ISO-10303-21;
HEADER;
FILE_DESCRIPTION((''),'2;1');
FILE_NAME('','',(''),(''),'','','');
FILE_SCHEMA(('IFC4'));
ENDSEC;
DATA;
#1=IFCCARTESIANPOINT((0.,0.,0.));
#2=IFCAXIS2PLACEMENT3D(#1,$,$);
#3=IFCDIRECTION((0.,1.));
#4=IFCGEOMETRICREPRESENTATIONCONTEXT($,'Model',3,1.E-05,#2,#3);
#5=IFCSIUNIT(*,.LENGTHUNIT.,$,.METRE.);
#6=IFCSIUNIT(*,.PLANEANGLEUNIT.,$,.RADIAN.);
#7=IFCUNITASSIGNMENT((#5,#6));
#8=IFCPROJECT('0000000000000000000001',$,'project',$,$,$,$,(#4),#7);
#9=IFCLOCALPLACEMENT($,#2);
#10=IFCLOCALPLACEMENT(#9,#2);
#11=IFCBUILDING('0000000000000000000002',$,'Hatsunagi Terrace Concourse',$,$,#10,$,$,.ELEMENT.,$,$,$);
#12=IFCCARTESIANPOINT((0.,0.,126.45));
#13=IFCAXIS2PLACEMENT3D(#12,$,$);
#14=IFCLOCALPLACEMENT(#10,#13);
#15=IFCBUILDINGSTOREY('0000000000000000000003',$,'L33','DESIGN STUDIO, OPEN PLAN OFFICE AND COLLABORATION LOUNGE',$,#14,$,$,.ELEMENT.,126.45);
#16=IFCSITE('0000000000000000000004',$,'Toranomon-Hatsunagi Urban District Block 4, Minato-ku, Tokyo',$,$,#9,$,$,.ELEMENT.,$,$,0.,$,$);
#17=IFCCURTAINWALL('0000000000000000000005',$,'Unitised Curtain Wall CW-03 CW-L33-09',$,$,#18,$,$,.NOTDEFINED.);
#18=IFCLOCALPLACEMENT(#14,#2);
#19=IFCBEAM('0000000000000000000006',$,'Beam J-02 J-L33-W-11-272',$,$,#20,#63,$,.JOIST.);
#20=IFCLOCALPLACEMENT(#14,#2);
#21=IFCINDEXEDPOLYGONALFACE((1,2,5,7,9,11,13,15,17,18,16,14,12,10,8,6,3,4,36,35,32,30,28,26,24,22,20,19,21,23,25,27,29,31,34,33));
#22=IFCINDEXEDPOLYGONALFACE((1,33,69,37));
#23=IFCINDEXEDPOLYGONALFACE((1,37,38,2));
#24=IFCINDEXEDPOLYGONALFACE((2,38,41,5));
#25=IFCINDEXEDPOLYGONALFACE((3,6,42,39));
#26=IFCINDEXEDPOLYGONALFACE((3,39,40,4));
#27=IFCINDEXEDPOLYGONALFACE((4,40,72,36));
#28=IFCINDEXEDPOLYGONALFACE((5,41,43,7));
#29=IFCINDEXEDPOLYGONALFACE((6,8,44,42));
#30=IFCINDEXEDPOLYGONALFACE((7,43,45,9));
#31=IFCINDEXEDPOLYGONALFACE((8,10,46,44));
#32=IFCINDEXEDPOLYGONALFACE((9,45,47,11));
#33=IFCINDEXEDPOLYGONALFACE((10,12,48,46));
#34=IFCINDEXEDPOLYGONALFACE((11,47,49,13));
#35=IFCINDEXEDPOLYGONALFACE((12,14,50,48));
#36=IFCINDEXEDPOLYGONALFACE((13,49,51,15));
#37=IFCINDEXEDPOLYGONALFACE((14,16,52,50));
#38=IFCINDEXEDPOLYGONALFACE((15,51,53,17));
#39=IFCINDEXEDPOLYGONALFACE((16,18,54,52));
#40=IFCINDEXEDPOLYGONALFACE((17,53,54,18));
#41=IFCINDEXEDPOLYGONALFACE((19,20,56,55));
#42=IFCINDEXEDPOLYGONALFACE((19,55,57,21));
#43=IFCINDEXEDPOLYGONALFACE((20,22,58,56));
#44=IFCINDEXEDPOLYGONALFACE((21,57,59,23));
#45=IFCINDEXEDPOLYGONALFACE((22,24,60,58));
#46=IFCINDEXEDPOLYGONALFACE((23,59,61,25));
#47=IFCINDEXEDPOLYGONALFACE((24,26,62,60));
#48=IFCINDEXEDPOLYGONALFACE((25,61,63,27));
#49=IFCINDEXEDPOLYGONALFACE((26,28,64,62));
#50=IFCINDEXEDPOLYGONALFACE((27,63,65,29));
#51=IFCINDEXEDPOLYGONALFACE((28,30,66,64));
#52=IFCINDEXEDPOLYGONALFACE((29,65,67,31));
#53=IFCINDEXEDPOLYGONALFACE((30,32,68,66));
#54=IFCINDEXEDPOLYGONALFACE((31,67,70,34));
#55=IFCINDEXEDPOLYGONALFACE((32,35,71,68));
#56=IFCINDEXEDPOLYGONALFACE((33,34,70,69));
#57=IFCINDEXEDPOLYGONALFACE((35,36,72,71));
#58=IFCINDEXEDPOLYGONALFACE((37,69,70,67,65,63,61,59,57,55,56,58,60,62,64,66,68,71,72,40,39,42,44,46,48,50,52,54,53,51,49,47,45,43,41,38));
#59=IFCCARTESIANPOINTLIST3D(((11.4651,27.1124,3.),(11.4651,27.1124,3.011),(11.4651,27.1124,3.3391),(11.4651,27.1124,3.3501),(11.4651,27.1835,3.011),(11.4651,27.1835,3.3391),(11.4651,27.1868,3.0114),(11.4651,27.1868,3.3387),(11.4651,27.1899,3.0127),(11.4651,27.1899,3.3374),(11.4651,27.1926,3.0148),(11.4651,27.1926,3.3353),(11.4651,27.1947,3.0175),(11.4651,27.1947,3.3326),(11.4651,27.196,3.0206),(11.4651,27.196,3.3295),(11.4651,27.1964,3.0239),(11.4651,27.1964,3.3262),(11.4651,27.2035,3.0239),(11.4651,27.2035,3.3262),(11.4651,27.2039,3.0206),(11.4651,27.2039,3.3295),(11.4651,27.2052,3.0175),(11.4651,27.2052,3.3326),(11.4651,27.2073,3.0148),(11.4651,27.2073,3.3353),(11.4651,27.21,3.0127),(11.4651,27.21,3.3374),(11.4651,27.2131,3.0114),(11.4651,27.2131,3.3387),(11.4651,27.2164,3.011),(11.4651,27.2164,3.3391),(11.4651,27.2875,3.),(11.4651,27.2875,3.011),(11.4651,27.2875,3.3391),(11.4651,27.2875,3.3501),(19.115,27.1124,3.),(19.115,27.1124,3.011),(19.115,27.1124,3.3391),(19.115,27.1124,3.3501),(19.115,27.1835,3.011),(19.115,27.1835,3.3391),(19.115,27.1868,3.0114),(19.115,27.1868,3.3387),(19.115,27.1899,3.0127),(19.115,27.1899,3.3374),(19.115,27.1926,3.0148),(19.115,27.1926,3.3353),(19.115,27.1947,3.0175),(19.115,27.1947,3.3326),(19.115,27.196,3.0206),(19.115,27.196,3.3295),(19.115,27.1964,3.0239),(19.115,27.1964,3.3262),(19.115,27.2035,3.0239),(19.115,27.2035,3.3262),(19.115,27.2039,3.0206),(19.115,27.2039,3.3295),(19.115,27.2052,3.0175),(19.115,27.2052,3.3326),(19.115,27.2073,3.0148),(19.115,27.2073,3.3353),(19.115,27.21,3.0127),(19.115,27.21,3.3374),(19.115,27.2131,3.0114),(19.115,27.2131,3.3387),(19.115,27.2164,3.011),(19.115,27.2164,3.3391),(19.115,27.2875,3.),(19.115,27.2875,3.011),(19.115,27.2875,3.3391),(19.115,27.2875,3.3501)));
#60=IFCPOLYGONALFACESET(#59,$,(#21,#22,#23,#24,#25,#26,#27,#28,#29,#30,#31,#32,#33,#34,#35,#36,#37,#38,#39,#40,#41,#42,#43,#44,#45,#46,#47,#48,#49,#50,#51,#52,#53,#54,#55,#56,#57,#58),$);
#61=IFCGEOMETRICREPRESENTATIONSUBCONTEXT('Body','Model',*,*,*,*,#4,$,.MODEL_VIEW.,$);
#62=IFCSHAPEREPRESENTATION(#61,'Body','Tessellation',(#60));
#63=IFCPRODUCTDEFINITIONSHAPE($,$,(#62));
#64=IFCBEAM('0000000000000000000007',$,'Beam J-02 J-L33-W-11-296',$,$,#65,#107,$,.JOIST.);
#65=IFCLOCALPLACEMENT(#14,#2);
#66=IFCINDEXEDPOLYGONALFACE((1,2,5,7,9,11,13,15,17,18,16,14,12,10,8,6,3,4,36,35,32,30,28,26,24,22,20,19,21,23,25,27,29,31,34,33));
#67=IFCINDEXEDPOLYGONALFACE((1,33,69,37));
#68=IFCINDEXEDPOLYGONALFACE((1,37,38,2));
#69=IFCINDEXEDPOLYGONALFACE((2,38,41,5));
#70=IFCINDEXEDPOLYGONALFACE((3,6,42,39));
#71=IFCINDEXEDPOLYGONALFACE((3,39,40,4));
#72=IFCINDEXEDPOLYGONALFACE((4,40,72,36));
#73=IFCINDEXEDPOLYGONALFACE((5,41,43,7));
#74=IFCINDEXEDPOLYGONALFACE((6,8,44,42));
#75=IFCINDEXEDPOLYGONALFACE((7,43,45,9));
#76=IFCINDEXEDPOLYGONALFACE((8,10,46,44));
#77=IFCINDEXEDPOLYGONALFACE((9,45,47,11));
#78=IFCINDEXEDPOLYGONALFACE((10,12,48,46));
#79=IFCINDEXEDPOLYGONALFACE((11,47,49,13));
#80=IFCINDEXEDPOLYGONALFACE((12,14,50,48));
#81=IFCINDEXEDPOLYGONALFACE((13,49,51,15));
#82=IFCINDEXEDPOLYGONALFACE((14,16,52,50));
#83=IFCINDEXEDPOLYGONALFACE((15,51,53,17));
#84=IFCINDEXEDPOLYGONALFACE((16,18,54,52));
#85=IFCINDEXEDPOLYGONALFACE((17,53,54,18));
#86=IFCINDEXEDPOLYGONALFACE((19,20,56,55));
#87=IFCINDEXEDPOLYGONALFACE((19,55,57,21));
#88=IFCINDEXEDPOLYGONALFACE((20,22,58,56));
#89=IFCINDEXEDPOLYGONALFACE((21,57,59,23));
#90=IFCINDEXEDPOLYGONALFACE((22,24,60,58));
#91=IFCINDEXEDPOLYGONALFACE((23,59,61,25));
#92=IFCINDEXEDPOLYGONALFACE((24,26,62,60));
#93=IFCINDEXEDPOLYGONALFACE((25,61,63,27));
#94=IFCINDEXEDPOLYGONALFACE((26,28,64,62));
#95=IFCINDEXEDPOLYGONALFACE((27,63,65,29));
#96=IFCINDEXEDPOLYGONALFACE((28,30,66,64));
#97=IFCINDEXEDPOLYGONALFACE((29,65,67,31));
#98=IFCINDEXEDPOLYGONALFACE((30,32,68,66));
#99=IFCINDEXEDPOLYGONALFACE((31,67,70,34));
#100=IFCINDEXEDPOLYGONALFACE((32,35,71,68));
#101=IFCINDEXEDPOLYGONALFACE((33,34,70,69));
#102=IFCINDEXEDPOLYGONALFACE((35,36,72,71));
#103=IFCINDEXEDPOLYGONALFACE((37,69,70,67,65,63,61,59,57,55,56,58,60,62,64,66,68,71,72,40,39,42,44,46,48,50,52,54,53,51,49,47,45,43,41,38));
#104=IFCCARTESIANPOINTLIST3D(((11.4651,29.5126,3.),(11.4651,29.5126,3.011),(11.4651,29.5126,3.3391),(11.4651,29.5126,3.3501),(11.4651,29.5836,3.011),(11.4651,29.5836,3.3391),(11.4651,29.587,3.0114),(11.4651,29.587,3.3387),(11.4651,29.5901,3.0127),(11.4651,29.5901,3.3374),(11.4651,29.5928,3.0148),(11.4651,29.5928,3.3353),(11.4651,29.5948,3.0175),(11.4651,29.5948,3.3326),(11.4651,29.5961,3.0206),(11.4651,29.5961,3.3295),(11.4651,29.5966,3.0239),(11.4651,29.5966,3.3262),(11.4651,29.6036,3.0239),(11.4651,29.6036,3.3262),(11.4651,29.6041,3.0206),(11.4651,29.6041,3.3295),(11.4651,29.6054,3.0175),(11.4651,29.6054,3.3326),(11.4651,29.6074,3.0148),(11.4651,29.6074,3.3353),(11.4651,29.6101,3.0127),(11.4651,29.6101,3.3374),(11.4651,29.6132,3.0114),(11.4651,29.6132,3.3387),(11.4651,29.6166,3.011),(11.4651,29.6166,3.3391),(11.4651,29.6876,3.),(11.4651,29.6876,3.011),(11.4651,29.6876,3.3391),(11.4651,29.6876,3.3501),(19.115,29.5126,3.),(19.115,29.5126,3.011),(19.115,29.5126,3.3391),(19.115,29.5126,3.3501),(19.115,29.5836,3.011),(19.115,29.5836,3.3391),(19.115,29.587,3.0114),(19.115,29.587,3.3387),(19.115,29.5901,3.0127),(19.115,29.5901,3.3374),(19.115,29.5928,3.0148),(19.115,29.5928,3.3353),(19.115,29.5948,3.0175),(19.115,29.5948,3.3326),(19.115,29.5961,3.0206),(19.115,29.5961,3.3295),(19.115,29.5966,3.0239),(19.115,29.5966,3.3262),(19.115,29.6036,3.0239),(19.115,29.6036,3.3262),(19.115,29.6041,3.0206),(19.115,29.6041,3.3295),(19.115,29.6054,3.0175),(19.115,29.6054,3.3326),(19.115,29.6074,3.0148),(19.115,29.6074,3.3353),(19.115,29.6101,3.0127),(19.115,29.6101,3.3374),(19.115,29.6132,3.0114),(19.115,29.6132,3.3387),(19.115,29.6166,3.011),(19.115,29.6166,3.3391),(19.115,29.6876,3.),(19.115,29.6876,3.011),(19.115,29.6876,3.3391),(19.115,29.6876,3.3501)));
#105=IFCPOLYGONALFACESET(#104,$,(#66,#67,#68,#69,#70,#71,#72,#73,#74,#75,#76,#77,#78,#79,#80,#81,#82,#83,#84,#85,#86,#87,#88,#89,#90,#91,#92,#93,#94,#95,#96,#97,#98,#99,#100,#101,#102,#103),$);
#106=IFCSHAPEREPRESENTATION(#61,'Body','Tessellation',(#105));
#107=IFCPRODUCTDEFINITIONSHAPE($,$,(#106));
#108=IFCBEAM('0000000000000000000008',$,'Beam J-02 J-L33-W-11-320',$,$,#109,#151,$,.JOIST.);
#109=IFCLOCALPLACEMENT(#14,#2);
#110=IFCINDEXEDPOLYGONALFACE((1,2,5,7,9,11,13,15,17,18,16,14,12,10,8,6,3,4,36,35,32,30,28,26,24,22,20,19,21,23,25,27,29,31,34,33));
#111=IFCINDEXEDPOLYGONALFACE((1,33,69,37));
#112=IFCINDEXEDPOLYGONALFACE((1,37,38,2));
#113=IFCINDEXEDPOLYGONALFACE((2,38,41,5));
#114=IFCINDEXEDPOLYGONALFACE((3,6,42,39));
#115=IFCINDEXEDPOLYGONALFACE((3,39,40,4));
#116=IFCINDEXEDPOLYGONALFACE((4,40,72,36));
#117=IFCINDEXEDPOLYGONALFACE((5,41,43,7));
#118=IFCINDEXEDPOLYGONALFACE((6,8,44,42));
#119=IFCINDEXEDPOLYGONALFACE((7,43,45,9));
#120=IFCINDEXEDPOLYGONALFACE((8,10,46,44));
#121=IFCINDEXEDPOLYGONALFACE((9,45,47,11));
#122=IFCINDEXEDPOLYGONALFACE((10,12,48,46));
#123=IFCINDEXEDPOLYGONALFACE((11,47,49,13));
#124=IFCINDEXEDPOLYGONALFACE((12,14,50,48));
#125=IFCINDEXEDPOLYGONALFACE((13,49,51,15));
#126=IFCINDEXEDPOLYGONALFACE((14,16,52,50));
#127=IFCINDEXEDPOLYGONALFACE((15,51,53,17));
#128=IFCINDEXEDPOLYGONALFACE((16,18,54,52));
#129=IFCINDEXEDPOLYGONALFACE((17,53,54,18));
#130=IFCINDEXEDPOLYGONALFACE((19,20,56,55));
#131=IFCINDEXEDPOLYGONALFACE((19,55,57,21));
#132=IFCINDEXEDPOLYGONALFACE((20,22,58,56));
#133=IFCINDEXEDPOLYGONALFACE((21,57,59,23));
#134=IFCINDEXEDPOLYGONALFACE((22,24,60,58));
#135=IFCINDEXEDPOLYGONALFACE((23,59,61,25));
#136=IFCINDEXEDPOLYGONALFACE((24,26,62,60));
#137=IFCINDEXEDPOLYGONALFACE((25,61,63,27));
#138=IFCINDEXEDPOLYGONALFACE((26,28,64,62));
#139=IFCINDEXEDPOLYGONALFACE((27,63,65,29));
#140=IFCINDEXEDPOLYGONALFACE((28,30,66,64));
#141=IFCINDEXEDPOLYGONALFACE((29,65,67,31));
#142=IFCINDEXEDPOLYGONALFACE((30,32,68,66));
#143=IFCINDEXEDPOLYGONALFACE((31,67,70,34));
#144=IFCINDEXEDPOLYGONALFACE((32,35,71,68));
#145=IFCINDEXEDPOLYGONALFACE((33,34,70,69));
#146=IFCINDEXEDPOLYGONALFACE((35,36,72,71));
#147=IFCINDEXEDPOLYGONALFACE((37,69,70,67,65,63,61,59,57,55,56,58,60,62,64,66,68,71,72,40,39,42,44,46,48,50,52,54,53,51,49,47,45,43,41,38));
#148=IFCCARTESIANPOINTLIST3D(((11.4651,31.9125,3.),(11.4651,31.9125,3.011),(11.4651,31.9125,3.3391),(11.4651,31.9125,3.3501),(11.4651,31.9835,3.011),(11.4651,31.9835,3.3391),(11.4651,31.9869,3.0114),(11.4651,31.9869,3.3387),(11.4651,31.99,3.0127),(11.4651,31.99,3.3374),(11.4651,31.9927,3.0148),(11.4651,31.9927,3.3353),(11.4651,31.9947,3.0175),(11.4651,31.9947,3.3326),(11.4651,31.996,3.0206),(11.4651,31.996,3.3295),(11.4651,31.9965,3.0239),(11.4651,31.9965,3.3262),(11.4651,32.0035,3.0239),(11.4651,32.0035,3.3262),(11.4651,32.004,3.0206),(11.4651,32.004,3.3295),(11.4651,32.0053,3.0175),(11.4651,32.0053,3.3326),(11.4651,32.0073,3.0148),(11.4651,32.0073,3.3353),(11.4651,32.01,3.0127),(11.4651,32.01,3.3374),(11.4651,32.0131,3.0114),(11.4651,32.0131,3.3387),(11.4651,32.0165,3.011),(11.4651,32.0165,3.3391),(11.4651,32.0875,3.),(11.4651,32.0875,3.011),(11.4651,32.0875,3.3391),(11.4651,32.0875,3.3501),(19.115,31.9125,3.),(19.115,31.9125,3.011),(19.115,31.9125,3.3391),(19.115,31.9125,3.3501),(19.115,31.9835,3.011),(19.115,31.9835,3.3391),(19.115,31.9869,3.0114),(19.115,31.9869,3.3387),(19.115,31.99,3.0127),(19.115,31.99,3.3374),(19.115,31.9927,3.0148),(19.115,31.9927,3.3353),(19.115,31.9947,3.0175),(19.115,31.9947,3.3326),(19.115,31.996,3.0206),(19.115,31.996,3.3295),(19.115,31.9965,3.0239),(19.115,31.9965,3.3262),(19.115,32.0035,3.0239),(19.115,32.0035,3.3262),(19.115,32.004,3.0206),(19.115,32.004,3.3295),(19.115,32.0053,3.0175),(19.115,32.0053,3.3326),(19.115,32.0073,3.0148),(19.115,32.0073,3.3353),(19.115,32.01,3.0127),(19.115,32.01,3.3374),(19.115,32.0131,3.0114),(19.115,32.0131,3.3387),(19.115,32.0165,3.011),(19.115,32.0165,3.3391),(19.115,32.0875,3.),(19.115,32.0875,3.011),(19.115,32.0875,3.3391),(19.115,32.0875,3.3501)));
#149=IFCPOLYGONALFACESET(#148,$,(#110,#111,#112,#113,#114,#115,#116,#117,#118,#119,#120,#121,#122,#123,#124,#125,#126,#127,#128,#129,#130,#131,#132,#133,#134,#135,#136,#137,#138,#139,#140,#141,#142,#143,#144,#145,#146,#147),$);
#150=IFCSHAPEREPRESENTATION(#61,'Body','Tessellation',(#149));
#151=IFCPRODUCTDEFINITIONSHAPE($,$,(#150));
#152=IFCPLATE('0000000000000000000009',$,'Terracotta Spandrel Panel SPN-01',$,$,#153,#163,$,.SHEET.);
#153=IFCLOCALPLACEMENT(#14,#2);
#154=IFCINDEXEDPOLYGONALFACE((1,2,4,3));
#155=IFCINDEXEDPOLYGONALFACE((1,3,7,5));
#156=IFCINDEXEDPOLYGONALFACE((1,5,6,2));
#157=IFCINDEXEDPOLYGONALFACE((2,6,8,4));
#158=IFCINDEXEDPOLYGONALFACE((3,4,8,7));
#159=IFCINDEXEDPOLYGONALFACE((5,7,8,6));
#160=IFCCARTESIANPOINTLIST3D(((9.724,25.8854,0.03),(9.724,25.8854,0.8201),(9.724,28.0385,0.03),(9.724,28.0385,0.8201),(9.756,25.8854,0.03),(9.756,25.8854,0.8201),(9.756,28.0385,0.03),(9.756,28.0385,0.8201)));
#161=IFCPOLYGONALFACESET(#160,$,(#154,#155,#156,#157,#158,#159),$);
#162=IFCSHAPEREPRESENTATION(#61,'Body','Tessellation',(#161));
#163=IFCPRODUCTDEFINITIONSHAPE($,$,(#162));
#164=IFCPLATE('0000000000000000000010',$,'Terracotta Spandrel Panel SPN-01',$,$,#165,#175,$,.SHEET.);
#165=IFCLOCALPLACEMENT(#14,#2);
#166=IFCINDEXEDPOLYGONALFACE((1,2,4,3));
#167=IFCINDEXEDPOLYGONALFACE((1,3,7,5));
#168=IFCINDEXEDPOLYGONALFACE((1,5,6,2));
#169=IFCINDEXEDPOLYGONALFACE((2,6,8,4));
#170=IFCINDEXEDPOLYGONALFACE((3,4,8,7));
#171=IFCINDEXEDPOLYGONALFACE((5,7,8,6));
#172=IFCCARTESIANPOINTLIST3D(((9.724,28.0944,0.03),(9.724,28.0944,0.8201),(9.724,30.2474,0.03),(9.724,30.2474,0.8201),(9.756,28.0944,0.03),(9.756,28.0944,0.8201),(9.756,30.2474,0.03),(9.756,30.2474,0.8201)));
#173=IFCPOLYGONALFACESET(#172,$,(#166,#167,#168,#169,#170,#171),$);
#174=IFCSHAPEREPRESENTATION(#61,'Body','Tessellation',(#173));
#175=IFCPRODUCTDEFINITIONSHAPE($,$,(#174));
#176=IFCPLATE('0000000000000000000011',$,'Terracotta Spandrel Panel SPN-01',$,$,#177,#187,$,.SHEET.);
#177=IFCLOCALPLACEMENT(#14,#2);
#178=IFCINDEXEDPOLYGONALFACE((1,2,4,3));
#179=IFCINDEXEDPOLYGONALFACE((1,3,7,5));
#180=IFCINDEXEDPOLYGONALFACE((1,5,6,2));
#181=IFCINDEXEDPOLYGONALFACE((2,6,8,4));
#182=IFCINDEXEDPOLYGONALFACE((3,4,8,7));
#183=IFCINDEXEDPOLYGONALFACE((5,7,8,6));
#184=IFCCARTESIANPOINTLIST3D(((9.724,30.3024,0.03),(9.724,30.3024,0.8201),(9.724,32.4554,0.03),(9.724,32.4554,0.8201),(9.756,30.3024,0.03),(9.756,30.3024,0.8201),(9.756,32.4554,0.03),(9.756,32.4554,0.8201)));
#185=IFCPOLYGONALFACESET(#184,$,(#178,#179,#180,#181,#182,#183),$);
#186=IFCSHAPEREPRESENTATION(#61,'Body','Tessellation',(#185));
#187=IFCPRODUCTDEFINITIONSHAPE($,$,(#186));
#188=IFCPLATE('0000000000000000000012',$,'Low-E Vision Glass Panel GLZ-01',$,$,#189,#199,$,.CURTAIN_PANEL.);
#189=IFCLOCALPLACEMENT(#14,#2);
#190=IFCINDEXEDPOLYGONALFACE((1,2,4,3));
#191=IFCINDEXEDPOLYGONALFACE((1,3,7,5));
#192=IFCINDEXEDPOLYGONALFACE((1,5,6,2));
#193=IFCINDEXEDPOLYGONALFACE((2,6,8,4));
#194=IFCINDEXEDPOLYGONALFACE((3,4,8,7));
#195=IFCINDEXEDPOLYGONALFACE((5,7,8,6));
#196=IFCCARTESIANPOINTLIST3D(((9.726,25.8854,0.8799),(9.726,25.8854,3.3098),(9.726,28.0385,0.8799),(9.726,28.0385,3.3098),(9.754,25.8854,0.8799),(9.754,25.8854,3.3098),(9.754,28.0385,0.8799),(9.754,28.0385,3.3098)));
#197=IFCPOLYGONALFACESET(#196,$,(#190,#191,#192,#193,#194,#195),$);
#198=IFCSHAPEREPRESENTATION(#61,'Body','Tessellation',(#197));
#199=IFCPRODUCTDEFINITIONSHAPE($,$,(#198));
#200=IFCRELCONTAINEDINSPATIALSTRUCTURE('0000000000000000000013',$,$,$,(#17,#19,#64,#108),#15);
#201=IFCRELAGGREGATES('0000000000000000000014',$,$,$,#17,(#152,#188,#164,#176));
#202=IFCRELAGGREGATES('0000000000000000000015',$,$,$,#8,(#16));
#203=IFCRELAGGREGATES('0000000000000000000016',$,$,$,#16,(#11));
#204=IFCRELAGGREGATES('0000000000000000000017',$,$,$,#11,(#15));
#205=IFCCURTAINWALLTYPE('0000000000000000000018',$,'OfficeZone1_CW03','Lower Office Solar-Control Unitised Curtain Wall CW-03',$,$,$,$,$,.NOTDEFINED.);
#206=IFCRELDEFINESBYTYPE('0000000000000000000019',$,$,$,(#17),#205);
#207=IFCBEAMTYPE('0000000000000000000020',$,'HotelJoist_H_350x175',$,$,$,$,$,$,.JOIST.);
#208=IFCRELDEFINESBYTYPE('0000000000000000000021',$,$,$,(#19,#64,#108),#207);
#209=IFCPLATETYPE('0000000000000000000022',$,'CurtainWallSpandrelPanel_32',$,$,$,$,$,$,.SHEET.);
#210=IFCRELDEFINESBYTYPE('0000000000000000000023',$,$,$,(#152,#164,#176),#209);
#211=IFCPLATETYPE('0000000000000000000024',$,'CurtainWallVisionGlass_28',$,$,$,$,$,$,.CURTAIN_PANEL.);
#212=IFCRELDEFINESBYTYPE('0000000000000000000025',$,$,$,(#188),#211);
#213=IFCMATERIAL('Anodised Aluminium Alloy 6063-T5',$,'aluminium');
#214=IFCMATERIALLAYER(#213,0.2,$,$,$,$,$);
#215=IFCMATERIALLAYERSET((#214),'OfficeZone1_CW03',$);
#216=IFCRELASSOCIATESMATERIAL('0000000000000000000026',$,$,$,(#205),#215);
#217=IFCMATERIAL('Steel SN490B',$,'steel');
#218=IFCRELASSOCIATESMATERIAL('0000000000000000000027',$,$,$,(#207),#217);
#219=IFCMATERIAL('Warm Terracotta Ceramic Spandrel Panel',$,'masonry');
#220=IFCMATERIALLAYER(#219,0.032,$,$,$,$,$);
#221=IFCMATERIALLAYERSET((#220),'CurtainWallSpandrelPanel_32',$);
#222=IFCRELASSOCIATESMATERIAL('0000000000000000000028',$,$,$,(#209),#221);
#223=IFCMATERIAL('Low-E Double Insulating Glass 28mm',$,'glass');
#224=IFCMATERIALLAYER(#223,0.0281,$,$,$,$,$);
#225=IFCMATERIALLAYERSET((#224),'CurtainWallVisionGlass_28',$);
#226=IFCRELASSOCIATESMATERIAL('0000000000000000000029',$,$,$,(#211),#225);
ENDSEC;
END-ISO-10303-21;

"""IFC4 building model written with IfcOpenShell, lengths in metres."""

from ifc_helpers import new_model, si_unit, direction, frame, origin, origin_2d, place, context, subcontext, project, spatial, rectangle, i_section, extrude, material, layer, layer_set, material_profile, profile_set, type_object, element, aggregate, save


model = new_model("IFC4")

# Units and contexts
model_context = context("Model", 3, precision=1e-05, world=origin(), true_north=direction((0.0, 1.0)))
body_context = subcontext(model_context, "Body", "Model", "MODEL_VIEW")
ifc_project = project(units=[si_unit("LENGTHUNIT", "METRE"), si_unit("PLANEANGLEUNIT", "RADIAN")], contexts=[model_context])

# Site, building, storey
site_placement = place(None, origin())
site = spatial("IfcSite", under=ifc_project, at=site_placement, Name="Toranomon-Hatsunagi Urban District Block 4, Minato-ku, Tokyo", CompositionType="ELEMENT", RefElevation=0.0)
building_placement = place(site_placement, origin())
building = spatial("IfcBuilding", under=site, at=building_placement, Name="Hatsunagi Terrace Concourse", CompositionType="ELEMENT")
storey_placement = place(building_placement, frame((0.0, 0.0, 126.45)))
storey = spatial("IfcBuildingStorey", under=building, at=storey_placement, Name="L33", Description="DESIGN STUDIO, OPEN PLAN OFFICE AND COLLABORATION LOUNGE", CompositionType="ELEMENT", Elevation=126.45)

# Curtain wall
ifc_material_1 = material(Name="Anodised Aluminium Alloy 6063-T5", Category="aluminium")
ifc_layer_1 = layer(ifc_material_1, 0.2)
ifc_layer_set_1 = layer_set([ifc_layer_1], Name="OfficeZone1_CW03")
curtain_wall_type = type_object("IfcCurtainWallType", Name="OfficeZone1_CW03", Description="Lower Office Solar-Control Unitised Curtain Wall CW-03", PredefinedType="NOTDEFINED", material=ifc_layer_set_1)
curtain_wall_placement = place(storey_placement, origin())
curtain_wall = element("IfcCurtainWall", 1, at=curtain_wall_placement, inside=storey, type_object=curtain_wall_type, Name="Unitised Curtain Wall CW-03 CW-L33-09", PredefinedType="NOTDEFINED")

# Beams
ifc_material_2 = material(Name="Steel SN490B", Category="steel")
ifc_material_profile_1 = material_profile(ifc_material_2, i_section(OverallWidth=0.175, OverallDepth=0.3501, WebThickness=0.0071, FlangeThickness=0.011, FilletRadius=0.0129, at=origin_2d()), Name="H-350x175x7x11")
ifc_profile_set_1 = profile_set([ifc_material_profile_1], Name="Steel SN490B")
beam_type = type_object("IfcBeamType", Name="HotelJoist_H_350x175", PredefinedType="JOIST", material=ifc_profile_set_1)
for number, where, z_axis, x_axis, name in (
    (2, (11.4651, 27.2, 3.175), (1.0, 0.0, 0.0), (0.0, 1.0, 0.0), "Beam J-02 J-L33-W-11-272"),
    (3, (11.4651, 29.6001, 3.175), (1.0, 0.0, 0.0), (0.0, 1.0, 0.0), "Beam J-02 J-L33-W-11-296"),
    (4, (11.4651, 32.0, 3.175), (1.0, 0.0, 0.0), (0.0, 1.0, 0.0), "Beam J-02 J-L33-W-11-320"),
):
    element("IfcBeam", number, at=place(storey_placement, frame(where, z_axis=z_axis, x_axis=x_axis)), inside=storey, type_object=beam_type, Name=name, PredefinedType="JOIST", context=body_context, shape_type="SweptSolid", body=[
        extrude(i_section(OverallWidth=0.175, OverallDepth=0.3501, WebThickness=0.0071, FlangeThickness=0.011, FilletRadius=0.0129, at=origin_2d()), origin(), (0.0, 0.0, 1.0), 7.6499),
    ])

# Plates
ifc_material_3 = material(Name="Warm Terracotta Ceramic Spandrel Panel", Category="masonry")
ifc_layer_2 = layer(ifc_material_3, 0.032)
ifc_layer_set_2 = layer_set([ifc_layer_2], Name="CurtainWallSpandrelPanel_32")
plate_type_1 = type_object("IfcPlateType", Name="CurtainWallSpandrelPanel_32", PredefinedType="SHEET", material=ifc_layer_set_2)
plate_1_placement = place(storey_placement, frame((9.74, 26.9619, 0.03), z_axis=(0.0, 0.0, 1.0), x_axis=(0.0, 1.0, 0.0)))
plate_1 = element("IfcPlate", 5, at=plate_1_placement, type_object=plate_type_1, Name="Terracotta Spandrel Panel SPN-01", PredefinedType="SHEET", context=body_context, shape_type="SweptSolid", body=[
    extrude(rectangle(XDim=2.1531, YDim=0.032, at=origin_2d()), origin(), (0.0, 0.0, 1.0), 0.79),
])
plate_2_placement = place(storey_placement, frame((9.74, 29.1709, 0.03), z_axis=(0.0, 0.0, 1.0), x_axis=(0.0, 1.0, 0.0)))
plate_2 = element("IfcPlate", 6, at=plate_2_placement, type_object=plate_type_1, Name="Terracotta Spandrel Panel SPN-01", PredefinedType="SHEET", context=body_context, shape_type="SweptSolid", body=[
    extrude(rectangle(XDim=2.1531, YDim=0.032, at=origin_2d()), origin(), (0.0, 0.0, 1.0), 0.79),
])
plate_3_placement = place(storey_placement, frame((9.74, 31.3789, 0.03), z_axis=(0.0, 0.0, 1.0), x_axis=(0.0, 1.0, 0.0)))
plate_3 = element("IfcPlate", 7, at=plate_3_placement, type_object=plate_type_1, Name="Terracotta Spandrel Panel SPN-01", PredefinedType="SHEET", context=body_context, shape_type="SweptSolid", body=[
    extrude(rectangle(XDim=2.1531, YDim=0.032, at=origin_2d()), origin(), (0.0, 0.0, 1.0), 0.79),
])
ifc_material_4 = material(Name="Low-E Double Insulating Glass 28mm", Category="glass")
ifc_layer_3 = layer(ifc_material_4, 0.0281)
ifc_layer_set_3 = layer_set([ifc_layer_3], Name="CurtainWallVisionGlass_28")
plate_type_2 = type_object("IfcPlateType", Name="CurtainWallVisionGlass_28", PredefinedType="CURTAIN_PANEL", material=ifc_layer_set_3)
plate_4_placement = place(storey_placement, frame((9.74, 26.9619, 0.8799), z_axis=(0.0, 0.0, 1.0), x_axis=(0.0, 1.0, 0.0)))
plate_4 = element("IfcPlate", 8, at=plate_4_placement, type_object=plate_type_2, Name="Low-E Vision Glass Panel GLZ-01", PredefinedType="CURTAIN_PANEL", context=body_context, shape_type="SweptSolid", body=[
    extrude(rectangle(XDim=2.1531, YDim=0.0281, at=origin_2d()), origin(), (0.0, 0.0, 1.0), 2.4299),
])
aggregate(curtain_wall, [plate_1, plate_4, plate_2, plate_3])

save(model, "model.ifc")
